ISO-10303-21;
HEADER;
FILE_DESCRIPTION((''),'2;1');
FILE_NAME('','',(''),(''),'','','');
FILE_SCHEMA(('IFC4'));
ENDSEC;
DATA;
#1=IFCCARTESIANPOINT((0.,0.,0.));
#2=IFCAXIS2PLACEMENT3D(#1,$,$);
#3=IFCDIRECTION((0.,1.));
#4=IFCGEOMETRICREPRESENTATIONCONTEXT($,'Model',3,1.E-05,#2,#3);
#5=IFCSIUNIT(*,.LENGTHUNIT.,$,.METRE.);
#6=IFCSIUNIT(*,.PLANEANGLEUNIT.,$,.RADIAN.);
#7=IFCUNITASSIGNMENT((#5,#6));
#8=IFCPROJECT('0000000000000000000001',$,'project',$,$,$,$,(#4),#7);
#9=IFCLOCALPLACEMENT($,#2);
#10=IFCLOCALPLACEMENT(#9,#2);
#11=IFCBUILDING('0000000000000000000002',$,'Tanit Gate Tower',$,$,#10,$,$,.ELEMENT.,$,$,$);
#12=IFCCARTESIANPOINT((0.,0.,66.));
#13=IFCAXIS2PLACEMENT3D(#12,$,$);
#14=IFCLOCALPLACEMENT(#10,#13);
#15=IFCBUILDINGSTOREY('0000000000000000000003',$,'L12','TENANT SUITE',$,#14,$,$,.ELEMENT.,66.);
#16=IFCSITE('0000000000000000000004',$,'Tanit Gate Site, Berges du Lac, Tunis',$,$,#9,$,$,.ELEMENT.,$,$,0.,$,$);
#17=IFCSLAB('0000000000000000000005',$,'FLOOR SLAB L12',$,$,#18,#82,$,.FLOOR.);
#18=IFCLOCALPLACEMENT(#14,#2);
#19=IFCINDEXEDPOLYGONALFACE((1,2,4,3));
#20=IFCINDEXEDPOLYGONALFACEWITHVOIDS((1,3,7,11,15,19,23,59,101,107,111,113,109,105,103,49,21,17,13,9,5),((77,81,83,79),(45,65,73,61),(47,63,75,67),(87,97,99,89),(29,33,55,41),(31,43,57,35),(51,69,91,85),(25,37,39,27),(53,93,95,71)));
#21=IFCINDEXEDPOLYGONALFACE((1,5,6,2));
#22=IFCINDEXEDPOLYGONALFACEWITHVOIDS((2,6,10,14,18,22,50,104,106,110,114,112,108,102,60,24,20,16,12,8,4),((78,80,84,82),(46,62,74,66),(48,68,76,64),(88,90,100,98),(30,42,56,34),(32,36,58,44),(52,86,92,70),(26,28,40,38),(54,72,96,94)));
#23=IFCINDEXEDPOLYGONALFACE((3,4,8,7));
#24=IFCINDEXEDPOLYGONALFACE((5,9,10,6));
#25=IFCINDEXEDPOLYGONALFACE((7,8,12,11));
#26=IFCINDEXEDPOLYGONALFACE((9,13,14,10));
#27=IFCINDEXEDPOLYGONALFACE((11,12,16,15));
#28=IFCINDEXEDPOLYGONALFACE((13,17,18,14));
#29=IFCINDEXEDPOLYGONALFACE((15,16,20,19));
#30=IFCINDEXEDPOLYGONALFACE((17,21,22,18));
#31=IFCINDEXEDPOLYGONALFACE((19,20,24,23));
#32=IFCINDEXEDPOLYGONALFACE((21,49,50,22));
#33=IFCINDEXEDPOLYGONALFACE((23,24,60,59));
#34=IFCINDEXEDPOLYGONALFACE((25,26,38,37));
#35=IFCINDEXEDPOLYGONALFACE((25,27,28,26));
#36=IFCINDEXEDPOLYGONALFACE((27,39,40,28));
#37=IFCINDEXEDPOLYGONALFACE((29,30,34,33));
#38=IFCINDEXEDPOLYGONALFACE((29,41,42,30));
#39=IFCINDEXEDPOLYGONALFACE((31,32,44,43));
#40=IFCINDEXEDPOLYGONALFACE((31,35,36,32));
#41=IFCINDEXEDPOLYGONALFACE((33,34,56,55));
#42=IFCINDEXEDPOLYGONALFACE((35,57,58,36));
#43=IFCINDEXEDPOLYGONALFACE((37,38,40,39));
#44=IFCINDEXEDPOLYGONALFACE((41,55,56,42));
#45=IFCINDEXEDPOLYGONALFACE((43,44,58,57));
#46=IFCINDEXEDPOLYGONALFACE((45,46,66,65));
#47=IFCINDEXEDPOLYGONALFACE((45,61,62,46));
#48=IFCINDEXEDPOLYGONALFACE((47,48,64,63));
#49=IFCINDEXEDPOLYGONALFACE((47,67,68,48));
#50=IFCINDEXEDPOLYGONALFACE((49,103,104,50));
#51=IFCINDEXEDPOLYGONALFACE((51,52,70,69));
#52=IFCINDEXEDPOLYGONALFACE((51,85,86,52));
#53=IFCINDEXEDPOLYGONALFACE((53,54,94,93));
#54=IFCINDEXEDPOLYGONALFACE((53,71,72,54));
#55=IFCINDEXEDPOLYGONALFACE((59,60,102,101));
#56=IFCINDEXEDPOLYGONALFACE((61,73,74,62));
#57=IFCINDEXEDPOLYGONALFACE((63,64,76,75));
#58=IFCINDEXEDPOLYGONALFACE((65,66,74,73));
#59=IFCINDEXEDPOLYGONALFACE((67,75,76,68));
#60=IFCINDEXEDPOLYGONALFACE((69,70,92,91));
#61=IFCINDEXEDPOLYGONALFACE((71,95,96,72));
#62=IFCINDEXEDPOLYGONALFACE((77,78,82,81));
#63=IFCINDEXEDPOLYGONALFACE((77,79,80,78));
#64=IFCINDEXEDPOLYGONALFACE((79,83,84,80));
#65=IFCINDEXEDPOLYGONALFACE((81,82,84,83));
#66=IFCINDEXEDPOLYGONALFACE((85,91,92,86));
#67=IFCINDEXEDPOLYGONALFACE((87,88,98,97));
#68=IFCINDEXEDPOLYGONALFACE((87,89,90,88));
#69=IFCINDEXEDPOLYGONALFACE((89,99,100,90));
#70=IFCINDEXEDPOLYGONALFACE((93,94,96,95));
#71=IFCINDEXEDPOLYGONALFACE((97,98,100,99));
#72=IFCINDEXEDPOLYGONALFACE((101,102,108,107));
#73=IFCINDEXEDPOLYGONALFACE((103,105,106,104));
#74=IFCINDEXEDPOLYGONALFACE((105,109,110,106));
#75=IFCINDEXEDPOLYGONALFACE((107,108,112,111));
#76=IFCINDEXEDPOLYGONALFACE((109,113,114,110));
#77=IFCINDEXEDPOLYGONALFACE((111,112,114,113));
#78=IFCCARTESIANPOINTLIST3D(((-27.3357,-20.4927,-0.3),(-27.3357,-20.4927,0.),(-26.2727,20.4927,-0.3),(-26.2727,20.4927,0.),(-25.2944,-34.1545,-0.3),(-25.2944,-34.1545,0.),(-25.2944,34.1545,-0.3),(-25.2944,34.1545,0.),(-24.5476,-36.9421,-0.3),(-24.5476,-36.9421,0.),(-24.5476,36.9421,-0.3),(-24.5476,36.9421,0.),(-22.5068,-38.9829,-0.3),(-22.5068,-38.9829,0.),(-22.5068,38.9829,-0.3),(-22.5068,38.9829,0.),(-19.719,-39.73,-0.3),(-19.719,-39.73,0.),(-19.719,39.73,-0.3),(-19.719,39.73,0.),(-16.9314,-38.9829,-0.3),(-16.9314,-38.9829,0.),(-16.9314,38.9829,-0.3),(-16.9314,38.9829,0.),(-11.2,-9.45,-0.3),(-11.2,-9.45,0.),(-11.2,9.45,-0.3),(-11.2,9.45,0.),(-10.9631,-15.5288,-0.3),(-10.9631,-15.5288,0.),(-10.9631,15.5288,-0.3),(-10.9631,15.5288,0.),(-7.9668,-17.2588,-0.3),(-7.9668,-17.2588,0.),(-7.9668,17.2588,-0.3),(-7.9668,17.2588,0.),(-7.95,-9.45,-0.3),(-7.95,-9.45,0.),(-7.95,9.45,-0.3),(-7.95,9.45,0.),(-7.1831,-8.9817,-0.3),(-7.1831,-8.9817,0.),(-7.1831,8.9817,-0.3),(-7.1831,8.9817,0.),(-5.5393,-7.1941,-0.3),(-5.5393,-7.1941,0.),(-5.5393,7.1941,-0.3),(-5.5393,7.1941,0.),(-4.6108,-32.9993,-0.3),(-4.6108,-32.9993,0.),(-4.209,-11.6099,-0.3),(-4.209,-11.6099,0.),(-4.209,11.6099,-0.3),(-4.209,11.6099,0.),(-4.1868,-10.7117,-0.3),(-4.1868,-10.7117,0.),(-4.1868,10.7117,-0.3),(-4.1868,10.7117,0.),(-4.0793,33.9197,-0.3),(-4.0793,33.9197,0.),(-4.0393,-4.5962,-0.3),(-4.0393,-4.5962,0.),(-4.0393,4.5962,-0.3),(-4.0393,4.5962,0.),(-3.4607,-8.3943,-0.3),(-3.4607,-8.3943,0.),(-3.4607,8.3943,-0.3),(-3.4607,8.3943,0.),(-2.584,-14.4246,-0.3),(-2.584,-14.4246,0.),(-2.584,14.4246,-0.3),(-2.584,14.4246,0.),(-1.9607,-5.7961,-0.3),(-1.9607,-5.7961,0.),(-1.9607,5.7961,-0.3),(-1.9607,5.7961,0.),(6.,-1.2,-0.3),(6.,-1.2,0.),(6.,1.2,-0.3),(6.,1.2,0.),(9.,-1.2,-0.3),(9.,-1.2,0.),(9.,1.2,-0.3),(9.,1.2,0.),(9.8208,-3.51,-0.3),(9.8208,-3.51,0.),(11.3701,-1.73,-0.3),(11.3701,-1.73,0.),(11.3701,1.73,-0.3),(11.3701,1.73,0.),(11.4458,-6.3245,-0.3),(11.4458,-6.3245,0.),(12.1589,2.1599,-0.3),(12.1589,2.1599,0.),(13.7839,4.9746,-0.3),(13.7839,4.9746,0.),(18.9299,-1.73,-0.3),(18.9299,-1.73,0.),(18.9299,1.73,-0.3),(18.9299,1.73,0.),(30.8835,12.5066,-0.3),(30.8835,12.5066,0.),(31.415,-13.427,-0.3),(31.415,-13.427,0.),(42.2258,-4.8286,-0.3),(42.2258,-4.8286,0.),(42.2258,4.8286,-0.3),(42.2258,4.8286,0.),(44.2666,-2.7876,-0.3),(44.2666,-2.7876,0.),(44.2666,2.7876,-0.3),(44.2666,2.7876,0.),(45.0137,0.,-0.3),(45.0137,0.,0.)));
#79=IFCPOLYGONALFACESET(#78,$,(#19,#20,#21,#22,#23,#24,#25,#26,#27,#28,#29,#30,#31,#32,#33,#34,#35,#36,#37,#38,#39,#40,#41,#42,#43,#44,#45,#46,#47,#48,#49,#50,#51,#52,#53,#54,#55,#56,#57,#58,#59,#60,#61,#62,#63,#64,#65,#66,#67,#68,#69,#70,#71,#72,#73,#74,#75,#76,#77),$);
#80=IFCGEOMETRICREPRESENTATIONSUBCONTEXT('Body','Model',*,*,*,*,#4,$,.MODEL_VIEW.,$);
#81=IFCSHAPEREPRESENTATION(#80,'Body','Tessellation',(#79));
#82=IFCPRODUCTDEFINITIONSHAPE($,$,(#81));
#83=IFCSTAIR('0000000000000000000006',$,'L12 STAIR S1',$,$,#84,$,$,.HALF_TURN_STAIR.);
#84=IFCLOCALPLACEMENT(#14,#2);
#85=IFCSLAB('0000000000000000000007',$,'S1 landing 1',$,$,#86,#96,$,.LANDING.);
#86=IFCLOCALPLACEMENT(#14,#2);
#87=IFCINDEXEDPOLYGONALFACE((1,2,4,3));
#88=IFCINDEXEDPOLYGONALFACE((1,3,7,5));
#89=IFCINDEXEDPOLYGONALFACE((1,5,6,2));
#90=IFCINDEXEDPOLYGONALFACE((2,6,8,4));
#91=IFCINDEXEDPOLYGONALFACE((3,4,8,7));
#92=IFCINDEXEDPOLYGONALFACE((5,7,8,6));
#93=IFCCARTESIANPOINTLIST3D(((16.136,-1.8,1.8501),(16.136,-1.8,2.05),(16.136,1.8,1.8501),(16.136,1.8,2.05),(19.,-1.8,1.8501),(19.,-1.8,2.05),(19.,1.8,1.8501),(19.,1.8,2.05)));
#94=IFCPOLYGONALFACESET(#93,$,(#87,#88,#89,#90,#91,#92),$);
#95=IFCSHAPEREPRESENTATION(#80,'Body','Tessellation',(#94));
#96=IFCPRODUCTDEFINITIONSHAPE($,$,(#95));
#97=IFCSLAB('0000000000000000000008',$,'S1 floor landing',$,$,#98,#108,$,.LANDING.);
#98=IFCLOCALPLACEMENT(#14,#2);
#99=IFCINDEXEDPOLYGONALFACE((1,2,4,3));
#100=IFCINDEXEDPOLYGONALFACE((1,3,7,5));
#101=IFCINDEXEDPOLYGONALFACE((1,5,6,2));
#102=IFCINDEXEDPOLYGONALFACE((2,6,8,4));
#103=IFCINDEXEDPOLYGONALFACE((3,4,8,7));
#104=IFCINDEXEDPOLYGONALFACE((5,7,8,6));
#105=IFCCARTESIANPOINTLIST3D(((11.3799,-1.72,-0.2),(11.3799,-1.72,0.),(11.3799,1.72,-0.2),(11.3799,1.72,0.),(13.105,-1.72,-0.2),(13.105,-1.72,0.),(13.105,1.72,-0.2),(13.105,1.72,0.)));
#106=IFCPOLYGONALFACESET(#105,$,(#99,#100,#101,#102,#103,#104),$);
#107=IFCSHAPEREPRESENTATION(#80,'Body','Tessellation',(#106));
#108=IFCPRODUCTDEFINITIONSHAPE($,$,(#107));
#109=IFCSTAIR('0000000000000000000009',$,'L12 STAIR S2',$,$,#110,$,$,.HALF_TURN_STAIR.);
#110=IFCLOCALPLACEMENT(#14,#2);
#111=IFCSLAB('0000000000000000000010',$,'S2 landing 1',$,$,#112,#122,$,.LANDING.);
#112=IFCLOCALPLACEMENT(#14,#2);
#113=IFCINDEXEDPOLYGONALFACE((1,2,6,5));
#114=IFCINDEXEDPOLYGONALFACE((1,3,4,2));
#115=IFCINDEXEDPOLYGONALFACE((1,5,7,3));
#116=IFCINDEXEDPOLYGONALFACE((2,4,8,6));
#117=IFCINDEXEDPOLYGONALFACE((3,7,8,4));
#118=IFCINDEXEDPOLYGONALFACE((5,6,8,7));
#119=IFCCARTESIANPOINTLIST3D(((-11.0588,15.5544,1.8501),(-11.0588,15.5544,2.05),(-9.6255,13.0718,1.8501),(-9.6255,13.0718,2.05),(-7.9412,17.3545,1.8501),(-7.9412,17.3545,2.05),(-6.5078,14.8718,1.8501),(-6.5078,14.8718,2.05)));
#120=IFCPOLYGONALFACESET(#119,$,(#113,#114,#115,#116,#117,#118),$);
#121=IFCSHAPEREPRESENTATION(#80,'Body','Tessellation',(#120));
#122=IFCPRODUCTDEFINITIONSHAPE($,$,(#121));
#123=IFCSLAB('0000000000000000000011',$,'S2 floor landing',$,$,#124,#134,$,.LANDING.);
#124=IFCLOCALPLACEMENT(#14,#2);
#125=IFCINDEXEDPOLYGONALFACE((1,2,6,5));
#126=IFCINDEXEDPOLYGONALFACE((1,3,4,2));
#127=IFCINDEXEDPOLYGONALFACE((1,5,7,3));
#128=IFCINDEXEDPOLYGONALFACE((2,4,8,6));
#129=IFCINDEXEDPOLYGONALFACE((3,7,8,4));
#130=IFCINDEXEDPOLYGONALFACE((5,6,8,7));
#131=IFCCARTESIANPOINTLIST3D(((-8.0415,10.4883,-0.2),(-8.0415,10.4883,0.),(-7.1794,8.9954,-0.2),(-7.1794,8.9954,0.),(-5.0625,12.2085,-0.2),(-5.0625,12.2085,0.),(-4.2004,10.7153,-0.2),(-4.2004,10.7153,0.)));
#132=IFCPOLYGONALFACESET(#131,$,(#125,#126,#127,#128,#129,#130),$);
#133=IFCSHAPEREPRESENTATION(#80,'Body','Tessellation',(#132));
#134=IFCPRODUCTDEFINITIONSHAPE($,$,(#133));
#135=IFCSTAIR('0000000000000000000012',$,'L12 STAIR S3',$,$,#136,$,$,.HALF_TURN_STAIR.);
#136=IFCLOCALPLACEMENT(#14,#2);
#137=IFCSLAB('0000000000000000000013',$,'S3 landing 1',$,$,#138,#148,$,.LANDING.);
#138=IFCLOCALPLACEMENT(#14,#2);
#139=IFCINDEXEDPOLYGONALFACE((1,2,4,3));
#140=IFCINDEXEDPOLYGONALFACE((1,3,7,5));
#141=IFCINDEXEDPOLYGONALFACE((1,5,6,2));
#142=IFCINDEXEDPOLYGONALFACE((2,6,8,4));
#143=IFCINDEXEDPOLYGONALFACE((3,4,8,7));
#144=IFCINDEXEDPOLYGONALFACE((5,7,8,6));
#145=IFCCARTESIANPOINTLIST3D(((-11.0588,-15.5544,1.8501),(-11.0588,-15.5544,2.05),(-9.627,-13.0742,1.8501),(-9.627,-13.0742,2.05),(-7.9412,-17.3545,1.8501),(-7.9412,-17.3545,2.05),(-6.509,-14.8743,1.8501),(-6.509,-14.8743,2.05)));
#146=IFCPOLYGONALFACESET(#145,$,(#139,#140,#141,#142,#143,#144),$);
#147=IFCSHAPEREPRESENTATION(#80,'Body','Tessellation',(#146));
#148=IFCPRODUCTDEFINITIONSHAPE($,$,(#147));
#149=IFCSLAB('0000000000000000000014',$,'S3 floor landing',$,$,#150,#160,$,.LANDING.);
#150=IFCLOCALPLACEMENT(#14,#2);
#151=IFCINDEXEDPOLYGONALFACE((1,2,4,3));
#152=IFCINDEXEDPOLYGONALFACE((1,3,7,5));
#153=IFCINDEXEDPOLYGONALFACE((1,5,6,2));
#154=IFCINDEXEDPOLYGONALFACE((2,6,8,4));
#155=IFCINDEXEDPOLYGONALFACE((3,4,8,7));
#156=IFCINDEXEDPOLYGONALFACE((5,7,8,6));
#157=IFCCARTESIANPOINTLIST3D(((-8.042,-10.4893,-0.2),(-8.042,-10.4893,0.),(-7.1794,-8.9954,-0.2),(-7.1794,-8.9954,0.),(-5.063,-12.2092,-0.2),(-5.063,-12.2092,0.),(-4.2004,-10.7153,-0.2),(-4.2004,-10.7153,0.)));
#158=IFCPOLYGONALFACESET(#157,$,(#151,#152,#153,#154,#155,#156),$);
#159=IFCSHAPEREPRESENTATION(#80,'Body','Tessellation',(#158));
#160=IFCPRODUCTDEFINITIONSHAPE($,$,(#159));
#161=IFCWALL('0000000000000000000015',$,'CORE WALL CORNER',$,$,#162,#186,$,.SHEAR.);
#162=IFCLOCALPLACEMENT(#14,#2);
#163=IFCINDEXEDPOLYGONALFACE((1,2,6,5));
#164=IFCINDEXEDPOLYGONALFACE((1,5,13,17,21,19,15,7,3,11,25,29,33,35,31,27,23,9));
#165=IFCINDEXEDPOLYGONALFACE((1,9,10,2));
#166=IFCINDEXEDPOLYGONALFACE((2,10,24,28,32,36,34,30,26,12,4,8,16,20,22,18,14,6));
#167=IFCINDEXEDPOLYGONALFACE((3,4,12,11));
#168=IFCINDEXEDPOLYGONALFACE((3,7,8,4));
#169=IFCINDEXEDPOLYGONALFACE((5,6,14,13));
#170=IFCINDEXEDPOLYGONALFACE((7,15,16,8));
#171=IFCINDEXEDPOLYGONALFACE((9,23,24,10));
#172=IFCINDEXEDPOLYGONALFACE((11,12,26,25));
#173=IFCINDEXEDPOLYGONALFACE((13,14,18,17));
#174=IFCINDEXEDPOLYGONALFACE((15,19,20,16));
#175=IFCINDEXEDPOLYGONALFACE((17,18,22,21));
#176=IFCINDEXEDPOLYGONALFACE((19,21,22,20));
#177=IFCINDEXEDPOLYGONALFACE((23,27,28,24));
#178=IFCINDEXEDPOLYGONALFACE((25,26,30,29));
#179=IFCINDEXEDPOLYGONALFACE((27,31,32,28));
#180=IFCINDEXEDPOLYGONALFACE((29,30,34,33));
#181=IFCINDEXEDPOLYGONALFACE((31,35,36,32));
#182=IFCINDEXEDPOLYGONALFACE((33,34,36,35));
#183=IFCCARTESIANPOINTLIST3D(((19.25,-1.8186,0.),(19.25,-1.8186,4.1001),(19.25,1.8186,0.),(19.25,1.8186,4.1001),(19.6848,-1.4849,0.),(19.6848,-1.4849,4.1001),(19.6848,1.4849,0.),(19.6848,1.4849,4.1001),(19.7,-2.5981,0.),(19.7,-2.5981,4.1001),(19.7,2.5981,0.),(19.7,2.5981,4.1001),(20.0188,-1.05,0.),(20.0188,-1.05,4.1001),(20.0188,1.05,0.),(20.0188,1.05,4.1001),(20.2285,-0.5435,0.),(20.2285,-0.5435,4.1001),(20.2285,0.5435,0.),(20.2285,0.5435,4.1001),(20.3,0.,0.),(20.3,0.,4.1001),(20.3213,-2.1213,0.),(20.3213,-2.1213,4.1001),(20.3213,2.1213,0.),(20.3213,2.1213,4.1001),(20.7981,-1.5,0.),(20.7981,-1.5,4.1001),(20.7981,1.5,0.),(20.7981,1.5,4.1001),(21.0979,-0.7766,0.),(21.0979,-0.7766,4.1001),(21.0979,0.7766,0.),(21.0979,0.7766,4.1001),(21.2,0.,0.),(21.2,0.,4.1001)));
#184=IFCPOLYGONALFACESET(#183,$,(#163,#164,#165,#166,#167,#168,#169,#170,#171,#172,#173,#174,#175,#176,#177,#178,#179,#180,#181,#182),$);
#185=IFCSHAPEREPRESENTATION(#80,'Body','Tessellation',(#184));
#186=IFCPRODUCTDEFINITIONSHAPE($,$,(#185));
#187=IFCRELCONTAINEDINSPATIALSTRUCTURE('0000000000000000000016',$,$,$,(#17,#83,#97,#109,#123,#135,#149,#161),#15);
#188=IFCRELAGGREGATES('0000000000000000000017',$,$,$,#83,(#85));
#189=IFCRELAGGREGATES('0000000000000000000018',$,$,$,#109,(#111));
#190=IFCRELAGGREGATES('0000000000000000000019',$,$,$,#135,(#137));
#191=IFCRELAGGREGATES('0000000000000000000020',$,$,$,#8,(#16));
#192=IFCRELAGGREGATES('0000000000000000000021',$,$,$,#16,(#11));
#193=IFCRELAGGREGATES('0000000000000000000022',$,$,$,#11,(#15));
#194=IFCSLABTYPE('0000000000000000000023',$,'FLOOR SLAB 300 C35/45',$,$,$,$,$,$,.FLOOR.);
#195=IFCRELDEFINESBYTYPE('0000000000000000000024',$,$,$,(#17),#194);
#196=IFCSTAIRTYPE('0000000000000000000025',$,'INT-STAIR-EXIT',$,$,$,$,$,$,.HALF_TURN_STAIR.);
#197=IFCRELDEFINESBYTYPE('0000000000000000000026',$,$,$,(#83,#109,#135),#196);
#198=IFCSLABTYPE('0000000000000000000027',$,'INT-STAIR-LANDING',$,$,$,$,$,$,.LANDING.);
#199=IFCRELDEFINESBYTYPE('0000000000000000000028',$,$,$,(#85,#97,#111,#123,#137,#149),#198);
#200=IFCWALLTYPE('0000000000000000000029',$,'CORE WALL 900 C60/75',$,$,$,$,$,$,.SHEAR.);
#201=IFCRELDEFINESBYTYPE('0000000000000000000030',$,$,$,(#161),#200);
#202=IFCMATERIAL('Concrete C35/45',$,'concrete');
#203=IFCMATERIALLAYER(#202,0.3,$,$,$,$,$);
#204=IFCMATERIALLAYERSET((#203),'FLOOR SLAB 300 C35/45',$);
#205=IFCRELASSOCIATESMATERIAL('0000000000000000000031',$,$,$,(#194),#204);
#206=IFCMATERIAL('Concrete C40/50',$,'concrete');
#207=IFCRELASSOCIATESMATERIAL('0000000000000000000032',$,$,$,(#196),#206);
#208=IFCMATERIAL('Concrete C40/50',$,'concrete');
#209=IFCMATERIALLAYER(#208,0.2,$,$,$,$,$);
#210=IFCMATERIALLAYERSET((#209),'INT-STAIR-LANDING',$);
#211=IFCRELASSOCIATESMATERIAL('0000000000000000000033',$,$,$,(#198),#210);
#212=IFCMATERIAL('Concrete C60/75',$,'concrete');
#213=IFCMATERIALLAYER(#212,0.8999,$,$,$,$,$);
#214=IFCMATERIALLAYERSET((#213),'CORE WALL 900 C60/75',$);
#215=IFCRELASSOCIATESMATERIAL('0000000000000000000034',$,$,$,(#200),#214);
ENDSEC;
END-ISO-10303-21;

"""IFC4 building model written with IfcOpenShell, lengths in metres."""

from ifc_helpers import new_model, si_unit, direction, frame, origin, place, context, subcontext, project, spatial, polyline, outline, extrude, material, layer, layer_set, type_object, element, aggregate, save


model = new_model("IFC4")

# Units and contexts
model_context = context("Model", 3, precision=1e-05, world=origin(), true_north=direction((0.0, 1.0)))
body_context = subcontext(model_context, "Body", "Model", "MODEL_VIEW")
ifc_project = project(units=[si_unit("LENGTHUNIT", "METRE"), si_unit("PLANEANGLEUNIT", "RADIAN")], contexts=[model_context])

# Site, building, storey
site_placement = place(None, origin())
site = spatial("IfcSite", under=ifc_project, at=site_placement, Name="Tanit Gate Site, Berges du Lac, Tunis", CompositionType="ELEMENT", RefElevation=0.0)
building_placement = place(site_placement, origin())
building = spatial("IfcBuilding", under=site, at=building_placement, Name="Tanit Gate Tower", CompositionType="ELEMENT")
storey_placement = place(building_placement, frame((0.0, 0.0, 66.0)))
storey = spatial("IfcBuildingStorey", under=building, at=storey_placement, Name="L12", Description="TENANT SUITE", CompositionType="ELEMENT", Elevation=66.0)

# Slab
ifc_material_1 = material(Name="Concrete C35/45", Category="concrete")
ifc_layer_1 = layer(ifc_material_1, 0.3)
ifc_layer_set_1 = layer_set([ifc_layer_1], Name="FLOOR SLAB 300 C35/45")
slab_type_1 = type_object("IfcSlabType", Name="FLOOR SLAB 300 C35/45", PredefinedType="FLOOR", material=ifc_layer_set_1)
slab_1_placement = place(storey_placement, frame((0.0, 0.0, -0.3)))
element("IfcSlab", 1, at=slab_1_placement, inside=storey, type_object=slab_type_1, Name="FLOOR SLAB L12", PredefinedType="FLOOR", context=body_context, shape_type="SweptSolid", body=[
    extrude(outline(polyline([(42.2258, 4.8286), (44.2666, 2.7876), (45.0137, 0.0), (44.2666, -2.7876), (42.2258, -4.8286), (31.415, -13.427), (-4.6108, -32.9993), (-16.9314, -38.9829), (-19.719, -39.73), (-22.5068, -38.9829), (-24.5476, -36.9421), (-25.2944, -34.1545), (-27.3357, -20.4927), (-26.2727, 20.4927), (-25.2944, 34.1545), (-24.5476, 36.9421), (-22.5068, 38.9829), (-19.719, 39.73), (-16.9314, 38.9829), (-4.0793, 33.9197), (30.8835, 12.5066), (42.2258, 4.8286)]), holes=[polyline([(11.3701, 1.73), (18.9299, 1.73), (18.9299, -1.73), (11.3701, -1.73), (11.3701, 1.73)]), polyline([(-4.209, 11.6099), (-2.584, 14.4246), (13.7839, 4.9746), (12.1589, 2.1599), (-4.209, 11.6099)]), polyline([(-4.209, -11.6099), (9.8208, -3.51), (11.4458, -6.3245), (-2.584, -14.4246), (-4.209, -11.6099)]), polyline([(9.0, 1.2), (9.0, -1.2), (6.0, -1.2), (6.0, 1.2), (9.0, 1.2)]), polyline([(-5.5393, 7.1941), (-3.4607, 8.3943), (-1.9607, 5.7961), (-4.0393, 4.5962), (-5.5393, 7.1941)]), polyline([(-1.9607, -5.7961), (-3.4607, -8.3943), (-5.5393, -7.1941), (-4.0393, -4.5962), (-1.9607, -5.7961)]), polyline([(-10.9631, 15.5288), (-7.9668, 17.2588), (-4.1868, 10.7117), (-7.1831, 8.9817), (-10.9631, 15.5288)]), polyline([(-4.1868, -10.7117), (-7.9668, -17.2588), (-10.9631, -15.5288), (-7.1831, -8.9817), (-4.1868, -10.7117)]), polyline([(-11.2, -9.45), (-11.2, 9.45), (-7.95, 9.45), (-7.95, -9.45), (-11.2, -9.45)])]), origin(), (0.0, 0.0, 1.0), 0.3),
])

# Stair, slab
ifc_material_2 = material(Name="Concrete C40/50", Category="concrete")
stair_type = type_object("IfcStairType", Name="INT-STAIR-EXIT", PredefinedType="HALF_TURN_STAIR", material=ifc_material_2)
stair_1_placement = place(storey_placement, origin())
stair_1 = element("IfcStair", 2, at=stair_1_placement, inside=storey, type_object=stair_type, Name="L12 STAIR S1", PredefinedType="HALF_TURN_STAIR")
ifc_material_3 = material(Name="Concrete C40/50", Category="concrete")
ifc_layer_2 = layer(ifc_material_3, 0.2)
ifc_layer_set_2 = layer_set([ifc_layer_2], Name="INT-STAIR-LANDING")
slab_type_2 = type_object("IfcSlabType", Name="INT-STAIR-LANDING", PredefinedType="LANDING", material=ifc_layer_set_2)
slab_2_placement = place(storey_placement, frame((0.0, 0.0, 1.8501)))
slab_2 = element("IfcSlab", 3, at=slab_2_placement, type_object=slab_type_2, Name="S1 landing 1", PredefinedType="LANDING", context=body_context, shape_type="SweptSolid", body=[
    extrude(outline(polyline([(16.136, -1.8), (19.0, -1.8), (19.0, 1.8), (16.136, 1.8), (16.136, -1.8)])), origin(), (0.0, 0.0, 1.0), 0.2),
])
aggregate(stair_1, [slab_2])

# Slab
slab_3_placement = place(storey_placement, frame((0.0, 0.0, -0.2)))
element("IfcSlab", 4, at=slab_3_placement, inside=storey, type_object=slab_type_2, Name="S1 floor landing", PredefinedType="LANDING", context=body_context, shape_type="SweptSolid", body=[
    extrude(outline(polyline([(11.3799, -1.72), (13.105, -1.72), (13.105, 1.72), (11.3799, 1.72), (11.3799, -1.72)])), origin(), (0.0, 0.0, 1.0), 0.2),
])

# Stair, slab
stair_2_placement = place(storey_placement, origin())
stair_2 = element("IfcStair", 5, at=stair_2_placement, inside=storey, type_object=stair_type, Name="L12 STAIR S2", PredefinedType="HALF_TURN_STAIR")
slab_4_placement = place(storey_placement, frame((0.0, 0.0, 1.8501)))
slab_4 = element("IfcSlab", 6, at=slab_4_placement, type_object=slab_type_2, Name="S2 landing 1", PredefinedType="LANDING", context=body_context, shape_type="SweptSolid", body=[
    extrude(outline(polyline([(-6.5078, 14.8718), (-7.9412, 17.3545), (-11.0588, 15.5544), (-9.6255, 13.0718), (-6.5078, 14.8718)])), origin(), (0.0, 0.0, 1.0), 0.2),
])
aggregate(stair_2, [slab_4])

# Slab
slab_5_placement = place(storey_placement, frame((0.0, 0.0, -0.2)))
element("IfcSlab", 7, at=slab_5_placement, inside=storey, type_object=slab_type_2, Name="S2 floor landing", PredefinedType="LANDING", context=body_context, shape_type="SweptSolid", body=[
    extrude(outline(polyline([(-4.2004, 10.7153), (-5.0625, 12.2085), (-8.0415, 10.4883), (-7.1794, 8.9954), (-4.2004, 10.7153)])), origin(), (0.0, 0.0, 1.0), 0.2),
])

# Stair, slab
stair_3_placement = place(storey_placement, origin())
stair_3 = element("IfcStair", 8, at=stair_3_placement, inside=storey, type_object=stair_type, Name="L12 STAIR S3", PredefinedType="HALF_TURN_STAIR")
slab_6_placement = place(storey_placement, frame((0.0, 0.0, 1.8501)))
slab_6 = element("IfcSlab", 9, at=slab_6_placement, type_object=slab_type_2, Name="S3 landing 1", PredefinedType="LANDING", context=body_context, shape_type="SweptSolid", body=[
    extrude(outline(polyline([(-9.627, -13.0742), (-11.0588, -15.5544), (-7.9412, -17.3545), (-6.509, -14.8743), (-9.627, -13.0742)])), origin(), (0.0, 0.0, 1.0), 0.2),
])
aggregate(stair_3, [slab_6])

# Slab
slab_7_placement = place(storey_placement, frame((0.0, 0.0, -0.2)))
element("IfcSlab", 10, at=slab_7_placement, inside=storey, type_object=slab_type_2, Name="S3 floor landing", PredefinedType="LANDING", context=body_context, shape_type="SweptSolid", body=[
    extrude(outline(polyline([(-7.1794, -8.9954), (-8.042, -10.4893), (-5.063, -12.2092), (-4.2004, -10.7153), (-7.1794, -8.9954)])), origin(), (0.0, 0.0, 1.0), 0.2),
])

# Wall
ifc_material_4 = material(Name="Concrete C60/75", Category="concrete")
ifc_layer_3 = layer(ifc_material_4, 0.8999)
ifc_layer_set_3 = layer_set([ifc_layer_3], Name="CORE WALL 900 C60/75")
wall_type_1 = type_object("IfcWallType", Name="CORE WALL 900 C60/75", PredefinedType="SHEAR", material=ifc_layer_set_3)
wall_1_placement = place(storey_placement, origin())
element("IfcWall", 11, at=wall_1_placement, inside=storey, type_object=wall_type_1, Name="CORE WALL CORNER", PredefinedType="SHEAR", context=body_context, shape_type="SweptSolid", body=[
    extrude(outline(polyline([(19.7, -2.5981), (20.3213, -2.1213), (20.7981, -1.5), (21.0979, -0.7766), (21.2, 0.0), (21.0979, 0.7766), (20.7981, 1.5), (20.3213, 2.1213), (19.7, 2.5981), (19.25, 1.8186), (19.6848, 1.4849), (20.0188, 1.05), (20.2285, 0.5435), (20.3, 0.0), (20.2285, -0.5435), (20.0188, -1.05), (19.6848, -1.4849), (19.25, -1.8186), (19.7, -2.5981)])), origin(), (0.0, 0.0, 1.0), 4.1001),
])

save(model, "model.ifc")
